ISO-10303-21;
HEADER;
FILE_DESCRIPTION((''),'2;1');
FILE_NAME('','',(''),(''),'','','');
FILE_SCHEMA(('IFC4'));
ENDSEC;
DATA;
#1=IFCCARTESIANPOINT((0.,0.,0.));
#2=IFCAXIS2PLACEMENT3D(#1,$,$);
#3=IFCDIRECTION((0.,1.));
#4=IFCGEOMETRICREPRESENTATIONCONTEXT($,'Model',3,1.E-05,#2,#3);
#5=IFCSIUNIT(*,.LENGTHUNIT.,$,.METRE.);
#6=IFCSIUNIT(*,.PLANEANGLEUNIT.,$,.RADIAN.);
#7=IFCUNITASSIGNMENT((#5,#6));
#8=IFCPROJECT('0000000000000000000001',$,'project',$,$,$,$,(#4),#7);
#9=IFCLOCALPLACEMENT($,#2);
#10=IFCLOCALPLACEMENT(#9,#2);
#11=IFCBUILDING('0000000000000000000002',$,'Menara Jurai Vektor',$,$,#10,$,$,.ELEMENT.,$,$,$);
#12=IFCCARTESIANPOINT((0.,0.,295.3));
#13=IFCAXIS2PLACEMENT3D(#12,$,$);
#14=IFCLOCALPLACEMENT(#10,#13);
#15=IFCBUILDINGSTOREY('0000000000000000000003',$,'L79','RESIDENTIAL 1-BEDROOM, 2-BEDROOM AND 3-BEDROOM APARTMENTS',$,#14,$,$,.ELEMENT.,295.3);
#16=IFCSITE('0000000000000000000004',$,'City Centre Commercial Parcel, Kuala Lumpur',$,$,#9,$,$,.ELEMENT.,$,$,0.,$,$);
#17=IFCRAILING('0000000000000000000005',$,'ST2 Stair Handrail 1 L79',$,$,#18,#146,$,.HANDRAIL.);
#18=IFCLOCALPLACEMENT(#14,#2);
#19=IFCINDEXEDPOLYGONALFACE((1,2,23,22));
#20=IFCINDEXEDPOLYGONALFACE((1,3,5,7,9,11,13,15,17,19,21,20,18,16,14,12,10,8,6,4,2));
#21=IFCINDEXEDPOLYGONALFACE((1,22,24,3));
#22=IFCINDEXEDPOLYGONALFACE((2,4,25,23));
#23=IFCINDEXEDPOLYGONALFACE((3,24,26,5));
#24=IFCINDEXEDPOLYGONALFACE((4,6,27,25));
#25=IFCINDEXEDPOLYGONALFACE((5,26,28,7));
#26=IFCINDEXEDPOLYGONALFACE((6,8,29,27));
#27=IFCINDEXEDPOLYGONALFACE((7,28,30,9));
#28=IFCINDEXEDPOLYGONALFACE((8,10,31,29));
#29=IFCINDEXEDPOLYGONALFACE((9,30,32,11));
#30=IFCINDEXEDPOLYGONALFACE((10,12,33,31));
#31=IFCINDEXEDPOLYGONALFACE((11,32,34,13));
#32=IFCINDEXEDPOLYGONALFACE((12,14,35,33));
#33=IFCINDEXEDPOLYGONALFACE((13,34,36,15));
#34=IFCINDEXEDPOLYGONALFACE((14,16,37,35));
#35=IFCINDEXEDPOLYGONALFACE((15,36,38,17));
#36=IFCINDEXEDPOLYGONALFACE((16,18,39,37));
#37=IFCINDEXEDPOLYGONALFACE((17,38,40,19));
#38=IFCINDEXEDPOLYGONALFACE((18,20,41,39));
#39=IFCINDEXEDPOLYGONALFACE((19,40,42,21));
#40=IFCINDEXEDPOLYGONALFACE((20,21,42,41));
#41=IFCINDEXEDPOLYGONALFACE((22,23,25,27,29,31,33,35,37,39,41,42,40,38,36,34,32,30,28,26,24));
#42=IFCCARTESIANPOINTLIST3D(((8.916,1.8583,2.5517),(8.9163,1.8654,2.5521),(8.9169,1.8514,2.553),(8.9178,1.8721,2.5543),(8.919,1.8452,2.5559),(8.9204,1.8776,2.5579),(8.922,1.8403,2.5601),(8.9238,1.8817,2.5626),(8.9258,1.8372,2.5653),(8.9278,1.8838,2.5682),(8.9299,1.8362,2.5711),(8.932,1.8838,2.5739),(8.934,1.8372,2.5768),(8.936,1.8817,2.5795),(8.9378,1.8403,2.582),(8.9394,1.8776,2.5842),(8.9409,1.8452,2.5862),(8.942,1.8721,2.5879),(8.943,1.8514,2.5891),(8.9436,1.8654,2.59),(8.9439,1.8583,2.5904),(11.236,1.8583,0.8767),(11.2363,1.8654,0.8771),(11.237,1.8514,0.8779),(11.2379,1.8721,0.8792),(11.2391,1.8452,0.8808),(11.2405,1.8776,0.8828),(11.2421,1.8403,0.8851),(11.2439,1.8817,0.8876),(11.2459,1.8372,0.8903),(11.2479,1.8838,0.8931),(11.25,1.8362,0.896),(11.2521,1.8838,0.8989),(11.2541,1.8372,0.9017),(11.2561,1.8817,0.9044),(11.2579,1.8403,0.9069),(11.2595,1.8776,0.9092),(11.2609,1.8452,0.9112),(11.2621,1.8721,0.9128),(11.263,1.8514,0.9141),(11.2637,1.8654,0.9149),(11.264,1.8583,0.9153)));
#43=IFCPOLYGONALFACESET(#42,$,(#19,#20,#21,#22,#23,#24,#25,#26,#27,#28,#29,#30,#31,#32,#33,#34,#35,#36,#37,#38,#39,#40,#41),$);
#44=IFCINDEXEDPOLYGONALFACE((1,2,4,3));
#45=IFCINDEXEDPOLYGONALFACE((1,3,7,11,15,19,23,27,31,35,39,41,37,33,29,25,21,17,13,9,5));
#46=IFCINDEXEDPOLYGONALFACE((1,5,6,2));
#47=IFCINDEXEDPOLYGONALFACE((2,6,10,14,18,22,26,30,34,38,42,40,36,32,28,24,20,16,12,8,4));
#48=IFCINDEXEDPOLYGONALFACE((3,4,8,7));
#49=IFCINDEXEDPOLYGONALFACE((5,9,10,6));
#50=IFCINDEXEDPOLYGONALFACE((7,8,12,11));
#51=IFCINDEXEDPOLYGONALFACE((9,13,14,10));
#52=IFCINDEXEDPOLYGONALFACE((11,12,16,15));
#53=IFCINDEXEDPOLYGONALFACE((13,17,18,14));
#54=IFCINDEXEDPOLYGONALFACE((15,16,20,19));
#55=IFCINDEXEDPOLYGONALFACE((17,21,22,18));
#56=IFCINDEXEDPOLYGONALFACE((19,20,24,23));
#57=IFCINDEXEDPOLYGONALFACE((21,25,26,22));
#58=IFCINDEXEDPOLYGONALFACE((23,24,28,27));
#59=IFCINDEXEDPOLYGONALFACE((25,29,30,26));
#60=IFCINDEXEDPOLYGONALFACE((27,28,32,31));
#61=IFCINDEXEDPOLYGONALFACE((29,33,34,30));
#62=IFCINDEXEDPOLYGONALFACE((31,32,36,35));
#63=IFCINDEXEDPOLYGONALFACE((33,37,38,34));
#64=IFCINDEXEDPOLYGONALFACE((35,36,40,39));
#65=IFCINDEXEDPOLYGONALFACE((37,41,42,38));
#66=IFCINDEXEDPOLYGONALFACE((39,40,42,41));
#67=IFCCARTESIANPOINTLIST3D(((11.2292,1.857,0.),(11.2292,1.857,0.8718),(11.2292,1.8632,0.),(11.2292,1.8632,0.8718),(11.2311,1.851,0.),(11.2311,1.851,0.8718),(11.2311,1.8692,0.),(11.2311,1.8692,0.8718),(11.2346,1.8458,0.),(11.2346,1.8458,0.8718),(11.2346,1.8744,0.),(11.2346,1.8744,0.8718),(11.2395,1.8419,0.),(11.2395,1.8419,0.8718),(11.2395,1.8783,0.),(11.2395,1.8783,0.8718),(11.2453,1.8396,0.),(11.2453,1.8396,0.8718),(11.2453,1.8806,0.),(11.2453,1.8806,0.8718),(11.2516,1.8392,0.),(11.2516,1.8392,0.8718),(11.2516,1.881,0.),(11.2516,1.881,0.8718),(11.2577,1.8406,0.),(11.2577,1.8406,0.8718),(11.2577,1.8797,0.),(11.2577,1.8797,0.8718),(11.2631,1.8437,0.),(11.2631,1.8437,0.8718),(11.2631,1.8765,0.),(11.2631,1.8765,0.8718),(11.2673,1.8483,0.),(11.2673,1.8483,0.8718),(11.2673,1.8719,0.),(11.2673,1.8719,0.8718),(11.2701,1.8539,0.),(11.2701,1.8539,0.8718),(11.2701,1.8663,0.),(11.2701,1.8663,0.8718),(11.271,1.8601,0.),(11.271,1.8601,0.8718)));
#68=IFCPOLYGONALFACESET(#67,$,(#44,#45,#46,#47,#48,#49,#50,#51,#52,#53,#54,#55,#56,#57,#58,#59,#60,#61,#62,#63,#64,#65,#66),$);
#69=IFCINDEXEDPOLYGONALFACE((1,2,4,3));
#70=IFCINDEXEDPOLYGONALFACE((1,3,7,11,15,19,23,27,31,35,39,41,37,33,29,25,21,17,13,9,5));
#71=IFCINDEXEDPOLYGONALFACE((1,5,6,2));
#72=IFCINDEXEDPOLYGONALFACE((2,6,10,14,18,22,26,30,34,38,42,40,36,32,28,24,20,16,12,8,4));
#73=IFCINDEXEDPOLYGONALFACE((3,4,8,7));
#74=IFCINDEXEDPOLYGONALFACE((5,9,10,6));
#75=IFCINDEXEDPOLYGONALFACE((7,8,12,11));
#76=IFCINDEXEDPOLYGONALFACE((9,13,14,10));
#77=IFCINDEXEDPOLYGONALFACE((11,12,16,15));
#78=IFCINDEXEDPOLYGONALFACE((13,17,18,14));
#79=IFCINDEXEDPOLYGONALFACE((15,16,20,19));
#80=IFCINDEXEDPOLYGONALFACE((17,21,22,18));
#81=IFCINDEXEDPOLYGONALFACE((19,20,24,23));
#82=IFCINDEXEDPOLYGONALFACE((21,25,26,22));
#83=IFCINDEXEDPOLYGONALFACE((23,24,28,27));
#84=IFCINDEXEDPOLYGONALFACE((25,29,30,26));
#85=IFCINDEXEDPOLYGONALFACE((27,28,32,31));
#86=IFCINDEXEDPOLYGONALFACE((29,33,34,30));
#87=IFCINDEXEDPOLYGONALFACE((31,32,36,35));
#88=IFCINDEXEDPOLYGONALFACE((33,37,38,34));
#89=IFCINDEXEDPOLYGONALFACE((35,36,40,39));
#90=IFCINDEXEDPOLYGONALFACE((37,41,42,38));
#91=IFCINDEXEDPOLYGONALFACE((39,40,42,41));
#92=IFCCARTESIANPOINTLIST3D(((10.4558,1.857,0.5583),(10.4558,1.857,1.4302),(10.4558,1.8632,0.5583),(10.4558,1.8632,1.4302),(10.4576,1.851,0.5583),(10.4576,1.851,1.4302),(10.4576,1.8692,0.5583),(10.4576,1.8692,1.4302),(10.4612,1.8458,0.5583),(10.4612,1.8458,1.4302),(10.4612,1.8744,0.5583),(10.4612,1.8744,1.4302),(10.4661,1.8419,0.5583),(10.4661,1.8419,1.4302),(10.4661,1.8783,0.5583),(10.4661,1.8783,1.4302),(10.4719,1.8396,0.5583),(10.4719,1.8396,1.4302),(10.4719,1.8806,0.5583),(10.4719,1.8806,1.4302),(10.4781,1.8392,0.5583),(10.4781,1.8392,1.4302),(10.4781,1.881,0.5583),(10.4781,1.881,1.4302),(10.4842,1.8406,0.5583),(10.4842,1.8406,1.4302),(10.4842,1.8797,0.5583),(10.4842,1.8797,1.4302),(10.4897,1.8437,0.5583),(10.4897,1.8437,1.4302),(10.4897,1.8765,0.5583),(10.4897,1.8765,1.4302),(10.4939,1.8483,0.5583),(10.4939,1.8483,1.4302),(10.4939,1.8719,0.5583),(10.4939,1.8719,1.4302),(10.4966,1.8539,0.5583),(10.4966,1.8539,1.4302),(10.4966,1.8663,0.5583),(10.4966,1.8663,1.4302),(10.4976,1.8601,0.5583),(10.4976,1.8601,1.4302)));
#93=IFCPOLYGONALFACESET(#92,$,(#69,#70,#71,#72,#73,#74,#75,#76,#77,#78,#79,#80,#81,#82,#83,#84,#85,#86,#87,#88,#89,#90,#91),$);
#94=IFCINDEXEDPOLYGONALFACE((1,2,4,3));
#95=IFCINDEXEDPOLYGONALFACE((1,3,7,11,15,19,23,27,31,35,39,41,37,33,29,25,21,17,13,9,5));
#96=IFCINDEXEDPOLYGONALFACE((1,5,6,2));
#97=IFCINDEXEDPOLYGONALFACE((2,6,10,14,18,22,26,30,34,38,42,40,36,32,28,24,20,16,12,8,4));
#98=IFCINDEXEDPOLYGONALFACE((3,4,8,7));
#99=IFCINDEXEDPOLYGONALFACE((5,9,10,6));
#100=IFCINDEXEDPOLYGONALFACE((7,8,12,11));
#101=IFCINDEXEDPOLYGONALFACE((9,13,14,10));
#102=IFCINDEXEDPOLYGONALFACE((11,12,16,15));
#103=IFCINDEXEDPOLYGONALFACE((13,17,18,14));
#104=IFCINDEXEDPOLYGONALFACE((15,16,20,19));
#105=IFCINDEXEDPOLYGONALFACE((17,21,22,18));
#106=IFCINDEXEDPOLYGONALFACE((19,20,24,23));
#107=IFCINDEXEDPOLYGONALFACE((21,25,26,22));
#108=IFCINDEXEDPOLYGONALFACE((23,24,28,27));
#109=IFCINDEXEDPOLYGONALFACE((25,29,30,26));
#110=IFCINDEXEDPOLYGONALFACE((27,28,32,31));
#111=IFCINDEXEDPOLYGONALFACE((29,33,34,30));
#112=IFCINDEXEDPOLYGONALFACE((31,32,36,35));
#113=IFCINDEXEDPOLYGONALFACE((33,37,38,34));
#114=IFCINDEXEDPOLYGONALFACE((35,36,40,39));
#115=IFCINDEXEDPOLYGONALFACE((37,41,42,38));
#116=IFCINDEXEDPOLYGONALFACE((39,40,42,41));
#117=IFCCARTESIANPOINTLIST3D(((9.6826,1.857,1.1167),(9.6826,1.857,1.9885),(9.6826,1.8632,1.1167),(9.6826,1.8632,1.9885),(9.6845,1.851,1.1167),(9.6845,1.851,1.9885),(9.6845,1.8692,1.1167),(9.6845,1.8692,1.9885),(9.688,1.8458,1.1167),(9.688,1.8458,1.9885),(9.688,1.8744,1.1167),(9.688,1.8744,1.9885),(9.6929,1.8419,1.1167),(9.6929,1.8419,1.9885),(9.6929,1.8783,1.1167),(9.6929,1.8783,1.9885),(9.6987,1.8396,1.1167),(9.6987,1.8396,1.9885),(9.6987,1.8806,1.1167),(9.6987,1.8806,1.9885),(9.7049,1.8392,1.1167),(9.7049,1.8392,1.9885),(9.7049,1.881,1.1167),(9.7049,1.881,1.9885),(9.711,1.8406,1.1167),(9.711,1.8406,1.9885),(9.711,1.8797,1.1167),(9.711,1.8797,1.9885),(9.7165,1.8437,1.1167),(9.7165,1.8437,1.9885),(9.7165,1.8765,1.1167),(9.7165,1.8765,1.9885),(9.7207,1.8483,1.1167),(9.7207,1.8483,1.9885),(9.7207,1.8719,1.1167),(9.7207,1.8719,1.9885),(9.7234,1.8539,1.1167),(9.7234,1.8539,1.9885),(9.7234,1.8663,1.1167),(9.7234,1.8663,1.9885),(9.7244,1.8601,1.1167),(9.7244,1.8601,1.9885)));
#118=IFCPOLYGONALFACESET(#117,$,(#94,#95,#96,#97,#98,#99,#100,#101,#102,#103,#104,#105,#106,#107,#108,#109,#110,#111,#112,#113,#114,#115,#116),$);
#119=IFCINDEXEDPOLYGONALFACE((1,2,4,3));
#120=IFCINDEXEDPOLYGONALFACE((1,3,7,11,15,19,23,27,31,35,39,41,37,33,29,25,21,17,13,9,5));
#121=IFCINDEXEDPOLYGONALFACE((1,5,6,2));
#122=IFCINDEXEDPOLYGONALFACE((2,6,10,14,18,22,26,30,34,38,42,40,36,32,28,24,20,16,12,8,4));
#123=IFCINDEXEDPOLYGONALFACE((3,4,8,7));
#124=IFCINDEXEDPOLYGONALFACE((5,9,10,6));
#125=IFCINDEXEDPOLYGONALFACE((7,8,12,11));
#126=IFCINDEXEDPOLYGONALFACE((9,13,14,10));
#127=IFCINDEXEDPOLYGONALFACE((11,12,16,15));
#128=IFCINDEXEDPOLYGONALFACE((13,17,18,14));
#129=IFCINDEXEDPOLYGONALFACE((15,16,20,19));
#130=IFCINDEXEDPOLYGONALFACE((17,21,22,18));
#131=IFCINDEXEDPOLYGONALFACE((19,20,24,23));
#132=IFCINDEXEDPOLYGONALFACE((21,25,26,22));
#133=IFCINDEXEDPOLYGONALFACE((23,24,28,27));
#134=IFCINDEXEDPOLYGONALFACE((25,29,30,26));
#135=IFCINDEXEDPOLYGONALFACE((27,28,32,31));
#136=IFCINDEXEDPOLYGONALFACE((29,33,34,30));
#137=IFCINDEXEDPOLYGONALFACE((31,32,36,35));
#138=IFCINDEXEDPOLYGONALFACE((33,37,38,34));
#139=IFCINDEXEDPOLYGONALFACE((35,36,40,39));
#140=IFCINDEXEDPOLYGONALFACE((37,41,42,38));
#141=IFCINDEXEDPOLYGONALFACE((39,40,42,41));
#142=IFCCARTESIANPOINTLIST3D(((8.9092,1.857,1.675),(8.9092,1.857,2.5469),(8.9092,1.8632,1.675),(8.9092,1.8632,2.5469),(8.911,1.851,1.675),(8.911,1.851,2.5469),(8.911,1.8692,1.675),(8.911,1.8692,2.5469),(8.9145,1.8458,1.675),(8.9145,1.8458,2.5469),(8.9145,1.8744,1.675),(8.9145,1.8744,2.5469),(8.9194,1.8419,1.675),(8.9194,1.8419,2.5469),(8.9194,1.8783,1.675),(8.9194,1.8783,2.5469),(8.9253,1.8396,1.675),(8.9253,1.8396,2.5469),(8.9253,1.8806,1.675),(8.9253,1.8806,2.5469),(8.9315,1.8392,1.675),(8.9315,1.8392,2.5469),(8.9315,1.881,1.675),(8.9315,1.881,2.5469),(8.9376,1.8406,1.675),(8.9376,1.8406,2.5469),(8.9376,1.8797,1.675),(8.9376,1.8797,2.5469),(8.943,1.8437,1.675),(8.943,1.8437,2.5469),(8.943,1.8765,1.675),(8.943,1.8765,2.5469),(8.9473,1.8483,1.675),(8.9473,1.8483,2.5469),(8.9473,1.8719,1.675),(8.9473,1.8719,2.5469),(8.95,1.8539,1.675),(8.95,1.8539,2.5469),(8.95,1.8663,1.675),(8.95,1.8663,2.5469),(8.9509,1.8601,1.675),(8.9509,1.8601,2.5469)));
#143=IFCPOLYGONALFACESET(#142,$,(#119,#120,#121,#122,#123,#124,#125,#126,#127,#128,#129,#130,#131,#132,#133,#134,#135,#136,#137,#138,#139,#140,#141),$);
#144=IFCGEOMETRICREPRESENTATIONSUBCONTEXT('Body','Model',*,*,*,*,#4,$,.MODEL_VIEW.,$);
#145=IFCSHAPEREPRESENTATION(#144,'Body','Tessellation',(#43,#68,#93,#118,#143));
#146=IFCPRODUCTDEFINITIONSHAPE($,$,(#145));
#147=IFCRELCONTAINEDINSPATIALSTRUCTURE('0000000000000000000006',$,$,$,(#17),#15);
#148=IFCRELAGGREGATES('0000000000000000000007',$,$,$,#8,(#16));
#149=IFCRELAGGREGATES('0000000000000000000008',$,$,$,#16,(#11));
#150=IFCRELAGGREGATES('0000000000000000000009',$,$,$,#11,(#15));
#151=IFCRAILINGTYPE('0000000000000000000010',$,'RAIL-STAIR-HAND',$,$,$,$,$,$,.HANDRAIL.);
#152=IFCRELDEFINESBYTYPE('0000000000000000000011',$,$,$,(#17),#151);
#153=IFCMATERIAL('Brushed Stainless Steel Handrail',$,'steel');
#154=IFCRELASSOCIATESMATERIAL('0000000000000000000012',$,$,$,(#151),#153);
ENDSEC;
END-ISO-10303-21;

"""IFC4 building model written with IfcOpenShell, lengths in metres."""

from ifc_helpers import new_model, si_unit, direction, frame, origin, origin_2d, place, context, subcontext, project, spatial, circle, extrude, material, type_object, element, save


model = new_model("IFC4")

# Units and contexts
model_context = context("Model", 3, precision=1e-05, world=origin(), true_north=direction((0.0, 1.0)))
body_context = subcontext(model_context, "Body", "Model", "MODEL_VIEW")
ifc_project = project(units=[si_unit("LENGTHUNIT", "METRE"), si_unit("PLANEANGLEUNIT", "RADIAN")], contexts=[model_context])

# Site, building, storey
site_placement = place(None, origin())
site = spatial("IfcSite", under=ifc_project, at=site_placement, Name="City Centre Commercial Parcel, Kuala Lumpur", CompositionType="ELEMENT", RefElevation=0.0)
building_placement = place(site_placement, origin())
building = spatial("IfcBuilding", under=site, at=building_placement, Name="Menara Jurai Vektor", CompositionType="ELEMENT")
storey_placement = place(building_placement, frame((0.0, 0.0, 295.3)))
storey = spatial("IfcBuildingStorey", under=building, at=storey_placement, Name="L79", Description="RESIDENTIAL 1-BEDROOM, 2-BEDROOM AND 3-BEDROOM APARTMENTS", CompositionType="ELEMENT", Elevation=295.3)

# Railing
ifc_material_1 = material(Name="Brushed Stainless Steel Handrail", Category="steel")
railing_type_1 = type_object("IfcRailingType", Name="RAIL-STAIR-HAND", PredefinedType="HANDRAIL", material=ifc_material_1)
railing_1_placement = place(storey_placement, frame((11.25, 1.8601, 0.0)))
element("IfcRailing", 1, at=railing_1_placement, inside=storey, type_object=railing_type_1, Name="ST2 Stair Handrail 1 L79", PredefinedType="HANDRAIL", context=body_context, shape_type="SweptSolid", body=[
    extrude(circle(Radius=0.0239, at=origin_2d()), frame((0.0, 0.0, 0.896), z_axis=(-0.810771, 0.0, 0.585363), x_axis=(0.0, -1.0, 0.0)), (0.0, 0.0, 1.0), 2.8616),
    extrude(circle(Radius=0.021, at=origin_2d()), origin(), (0.0, 0.0, 1.0), 0.8718),
    extrude(circle(Radius=0.021, at=origin_2d()), frame((-0.7734, 0.0, 0.5583)), (0.0, 0.0, 1.0), 0.8718),
    extrude(circle(Radius=0.021, at=origin_2d()), frame((-1.5466, 0.0, 1.1167)), (0.0, 0.0, 1.0), 0.8718),
    extrude(circle(Radius=0.021, at=origin_2d()), frame((-2.3201, 0.0, 1.675)), (0.0, 0.0, 1.0), 0.8718),
])

save(model, "model.ifc")
